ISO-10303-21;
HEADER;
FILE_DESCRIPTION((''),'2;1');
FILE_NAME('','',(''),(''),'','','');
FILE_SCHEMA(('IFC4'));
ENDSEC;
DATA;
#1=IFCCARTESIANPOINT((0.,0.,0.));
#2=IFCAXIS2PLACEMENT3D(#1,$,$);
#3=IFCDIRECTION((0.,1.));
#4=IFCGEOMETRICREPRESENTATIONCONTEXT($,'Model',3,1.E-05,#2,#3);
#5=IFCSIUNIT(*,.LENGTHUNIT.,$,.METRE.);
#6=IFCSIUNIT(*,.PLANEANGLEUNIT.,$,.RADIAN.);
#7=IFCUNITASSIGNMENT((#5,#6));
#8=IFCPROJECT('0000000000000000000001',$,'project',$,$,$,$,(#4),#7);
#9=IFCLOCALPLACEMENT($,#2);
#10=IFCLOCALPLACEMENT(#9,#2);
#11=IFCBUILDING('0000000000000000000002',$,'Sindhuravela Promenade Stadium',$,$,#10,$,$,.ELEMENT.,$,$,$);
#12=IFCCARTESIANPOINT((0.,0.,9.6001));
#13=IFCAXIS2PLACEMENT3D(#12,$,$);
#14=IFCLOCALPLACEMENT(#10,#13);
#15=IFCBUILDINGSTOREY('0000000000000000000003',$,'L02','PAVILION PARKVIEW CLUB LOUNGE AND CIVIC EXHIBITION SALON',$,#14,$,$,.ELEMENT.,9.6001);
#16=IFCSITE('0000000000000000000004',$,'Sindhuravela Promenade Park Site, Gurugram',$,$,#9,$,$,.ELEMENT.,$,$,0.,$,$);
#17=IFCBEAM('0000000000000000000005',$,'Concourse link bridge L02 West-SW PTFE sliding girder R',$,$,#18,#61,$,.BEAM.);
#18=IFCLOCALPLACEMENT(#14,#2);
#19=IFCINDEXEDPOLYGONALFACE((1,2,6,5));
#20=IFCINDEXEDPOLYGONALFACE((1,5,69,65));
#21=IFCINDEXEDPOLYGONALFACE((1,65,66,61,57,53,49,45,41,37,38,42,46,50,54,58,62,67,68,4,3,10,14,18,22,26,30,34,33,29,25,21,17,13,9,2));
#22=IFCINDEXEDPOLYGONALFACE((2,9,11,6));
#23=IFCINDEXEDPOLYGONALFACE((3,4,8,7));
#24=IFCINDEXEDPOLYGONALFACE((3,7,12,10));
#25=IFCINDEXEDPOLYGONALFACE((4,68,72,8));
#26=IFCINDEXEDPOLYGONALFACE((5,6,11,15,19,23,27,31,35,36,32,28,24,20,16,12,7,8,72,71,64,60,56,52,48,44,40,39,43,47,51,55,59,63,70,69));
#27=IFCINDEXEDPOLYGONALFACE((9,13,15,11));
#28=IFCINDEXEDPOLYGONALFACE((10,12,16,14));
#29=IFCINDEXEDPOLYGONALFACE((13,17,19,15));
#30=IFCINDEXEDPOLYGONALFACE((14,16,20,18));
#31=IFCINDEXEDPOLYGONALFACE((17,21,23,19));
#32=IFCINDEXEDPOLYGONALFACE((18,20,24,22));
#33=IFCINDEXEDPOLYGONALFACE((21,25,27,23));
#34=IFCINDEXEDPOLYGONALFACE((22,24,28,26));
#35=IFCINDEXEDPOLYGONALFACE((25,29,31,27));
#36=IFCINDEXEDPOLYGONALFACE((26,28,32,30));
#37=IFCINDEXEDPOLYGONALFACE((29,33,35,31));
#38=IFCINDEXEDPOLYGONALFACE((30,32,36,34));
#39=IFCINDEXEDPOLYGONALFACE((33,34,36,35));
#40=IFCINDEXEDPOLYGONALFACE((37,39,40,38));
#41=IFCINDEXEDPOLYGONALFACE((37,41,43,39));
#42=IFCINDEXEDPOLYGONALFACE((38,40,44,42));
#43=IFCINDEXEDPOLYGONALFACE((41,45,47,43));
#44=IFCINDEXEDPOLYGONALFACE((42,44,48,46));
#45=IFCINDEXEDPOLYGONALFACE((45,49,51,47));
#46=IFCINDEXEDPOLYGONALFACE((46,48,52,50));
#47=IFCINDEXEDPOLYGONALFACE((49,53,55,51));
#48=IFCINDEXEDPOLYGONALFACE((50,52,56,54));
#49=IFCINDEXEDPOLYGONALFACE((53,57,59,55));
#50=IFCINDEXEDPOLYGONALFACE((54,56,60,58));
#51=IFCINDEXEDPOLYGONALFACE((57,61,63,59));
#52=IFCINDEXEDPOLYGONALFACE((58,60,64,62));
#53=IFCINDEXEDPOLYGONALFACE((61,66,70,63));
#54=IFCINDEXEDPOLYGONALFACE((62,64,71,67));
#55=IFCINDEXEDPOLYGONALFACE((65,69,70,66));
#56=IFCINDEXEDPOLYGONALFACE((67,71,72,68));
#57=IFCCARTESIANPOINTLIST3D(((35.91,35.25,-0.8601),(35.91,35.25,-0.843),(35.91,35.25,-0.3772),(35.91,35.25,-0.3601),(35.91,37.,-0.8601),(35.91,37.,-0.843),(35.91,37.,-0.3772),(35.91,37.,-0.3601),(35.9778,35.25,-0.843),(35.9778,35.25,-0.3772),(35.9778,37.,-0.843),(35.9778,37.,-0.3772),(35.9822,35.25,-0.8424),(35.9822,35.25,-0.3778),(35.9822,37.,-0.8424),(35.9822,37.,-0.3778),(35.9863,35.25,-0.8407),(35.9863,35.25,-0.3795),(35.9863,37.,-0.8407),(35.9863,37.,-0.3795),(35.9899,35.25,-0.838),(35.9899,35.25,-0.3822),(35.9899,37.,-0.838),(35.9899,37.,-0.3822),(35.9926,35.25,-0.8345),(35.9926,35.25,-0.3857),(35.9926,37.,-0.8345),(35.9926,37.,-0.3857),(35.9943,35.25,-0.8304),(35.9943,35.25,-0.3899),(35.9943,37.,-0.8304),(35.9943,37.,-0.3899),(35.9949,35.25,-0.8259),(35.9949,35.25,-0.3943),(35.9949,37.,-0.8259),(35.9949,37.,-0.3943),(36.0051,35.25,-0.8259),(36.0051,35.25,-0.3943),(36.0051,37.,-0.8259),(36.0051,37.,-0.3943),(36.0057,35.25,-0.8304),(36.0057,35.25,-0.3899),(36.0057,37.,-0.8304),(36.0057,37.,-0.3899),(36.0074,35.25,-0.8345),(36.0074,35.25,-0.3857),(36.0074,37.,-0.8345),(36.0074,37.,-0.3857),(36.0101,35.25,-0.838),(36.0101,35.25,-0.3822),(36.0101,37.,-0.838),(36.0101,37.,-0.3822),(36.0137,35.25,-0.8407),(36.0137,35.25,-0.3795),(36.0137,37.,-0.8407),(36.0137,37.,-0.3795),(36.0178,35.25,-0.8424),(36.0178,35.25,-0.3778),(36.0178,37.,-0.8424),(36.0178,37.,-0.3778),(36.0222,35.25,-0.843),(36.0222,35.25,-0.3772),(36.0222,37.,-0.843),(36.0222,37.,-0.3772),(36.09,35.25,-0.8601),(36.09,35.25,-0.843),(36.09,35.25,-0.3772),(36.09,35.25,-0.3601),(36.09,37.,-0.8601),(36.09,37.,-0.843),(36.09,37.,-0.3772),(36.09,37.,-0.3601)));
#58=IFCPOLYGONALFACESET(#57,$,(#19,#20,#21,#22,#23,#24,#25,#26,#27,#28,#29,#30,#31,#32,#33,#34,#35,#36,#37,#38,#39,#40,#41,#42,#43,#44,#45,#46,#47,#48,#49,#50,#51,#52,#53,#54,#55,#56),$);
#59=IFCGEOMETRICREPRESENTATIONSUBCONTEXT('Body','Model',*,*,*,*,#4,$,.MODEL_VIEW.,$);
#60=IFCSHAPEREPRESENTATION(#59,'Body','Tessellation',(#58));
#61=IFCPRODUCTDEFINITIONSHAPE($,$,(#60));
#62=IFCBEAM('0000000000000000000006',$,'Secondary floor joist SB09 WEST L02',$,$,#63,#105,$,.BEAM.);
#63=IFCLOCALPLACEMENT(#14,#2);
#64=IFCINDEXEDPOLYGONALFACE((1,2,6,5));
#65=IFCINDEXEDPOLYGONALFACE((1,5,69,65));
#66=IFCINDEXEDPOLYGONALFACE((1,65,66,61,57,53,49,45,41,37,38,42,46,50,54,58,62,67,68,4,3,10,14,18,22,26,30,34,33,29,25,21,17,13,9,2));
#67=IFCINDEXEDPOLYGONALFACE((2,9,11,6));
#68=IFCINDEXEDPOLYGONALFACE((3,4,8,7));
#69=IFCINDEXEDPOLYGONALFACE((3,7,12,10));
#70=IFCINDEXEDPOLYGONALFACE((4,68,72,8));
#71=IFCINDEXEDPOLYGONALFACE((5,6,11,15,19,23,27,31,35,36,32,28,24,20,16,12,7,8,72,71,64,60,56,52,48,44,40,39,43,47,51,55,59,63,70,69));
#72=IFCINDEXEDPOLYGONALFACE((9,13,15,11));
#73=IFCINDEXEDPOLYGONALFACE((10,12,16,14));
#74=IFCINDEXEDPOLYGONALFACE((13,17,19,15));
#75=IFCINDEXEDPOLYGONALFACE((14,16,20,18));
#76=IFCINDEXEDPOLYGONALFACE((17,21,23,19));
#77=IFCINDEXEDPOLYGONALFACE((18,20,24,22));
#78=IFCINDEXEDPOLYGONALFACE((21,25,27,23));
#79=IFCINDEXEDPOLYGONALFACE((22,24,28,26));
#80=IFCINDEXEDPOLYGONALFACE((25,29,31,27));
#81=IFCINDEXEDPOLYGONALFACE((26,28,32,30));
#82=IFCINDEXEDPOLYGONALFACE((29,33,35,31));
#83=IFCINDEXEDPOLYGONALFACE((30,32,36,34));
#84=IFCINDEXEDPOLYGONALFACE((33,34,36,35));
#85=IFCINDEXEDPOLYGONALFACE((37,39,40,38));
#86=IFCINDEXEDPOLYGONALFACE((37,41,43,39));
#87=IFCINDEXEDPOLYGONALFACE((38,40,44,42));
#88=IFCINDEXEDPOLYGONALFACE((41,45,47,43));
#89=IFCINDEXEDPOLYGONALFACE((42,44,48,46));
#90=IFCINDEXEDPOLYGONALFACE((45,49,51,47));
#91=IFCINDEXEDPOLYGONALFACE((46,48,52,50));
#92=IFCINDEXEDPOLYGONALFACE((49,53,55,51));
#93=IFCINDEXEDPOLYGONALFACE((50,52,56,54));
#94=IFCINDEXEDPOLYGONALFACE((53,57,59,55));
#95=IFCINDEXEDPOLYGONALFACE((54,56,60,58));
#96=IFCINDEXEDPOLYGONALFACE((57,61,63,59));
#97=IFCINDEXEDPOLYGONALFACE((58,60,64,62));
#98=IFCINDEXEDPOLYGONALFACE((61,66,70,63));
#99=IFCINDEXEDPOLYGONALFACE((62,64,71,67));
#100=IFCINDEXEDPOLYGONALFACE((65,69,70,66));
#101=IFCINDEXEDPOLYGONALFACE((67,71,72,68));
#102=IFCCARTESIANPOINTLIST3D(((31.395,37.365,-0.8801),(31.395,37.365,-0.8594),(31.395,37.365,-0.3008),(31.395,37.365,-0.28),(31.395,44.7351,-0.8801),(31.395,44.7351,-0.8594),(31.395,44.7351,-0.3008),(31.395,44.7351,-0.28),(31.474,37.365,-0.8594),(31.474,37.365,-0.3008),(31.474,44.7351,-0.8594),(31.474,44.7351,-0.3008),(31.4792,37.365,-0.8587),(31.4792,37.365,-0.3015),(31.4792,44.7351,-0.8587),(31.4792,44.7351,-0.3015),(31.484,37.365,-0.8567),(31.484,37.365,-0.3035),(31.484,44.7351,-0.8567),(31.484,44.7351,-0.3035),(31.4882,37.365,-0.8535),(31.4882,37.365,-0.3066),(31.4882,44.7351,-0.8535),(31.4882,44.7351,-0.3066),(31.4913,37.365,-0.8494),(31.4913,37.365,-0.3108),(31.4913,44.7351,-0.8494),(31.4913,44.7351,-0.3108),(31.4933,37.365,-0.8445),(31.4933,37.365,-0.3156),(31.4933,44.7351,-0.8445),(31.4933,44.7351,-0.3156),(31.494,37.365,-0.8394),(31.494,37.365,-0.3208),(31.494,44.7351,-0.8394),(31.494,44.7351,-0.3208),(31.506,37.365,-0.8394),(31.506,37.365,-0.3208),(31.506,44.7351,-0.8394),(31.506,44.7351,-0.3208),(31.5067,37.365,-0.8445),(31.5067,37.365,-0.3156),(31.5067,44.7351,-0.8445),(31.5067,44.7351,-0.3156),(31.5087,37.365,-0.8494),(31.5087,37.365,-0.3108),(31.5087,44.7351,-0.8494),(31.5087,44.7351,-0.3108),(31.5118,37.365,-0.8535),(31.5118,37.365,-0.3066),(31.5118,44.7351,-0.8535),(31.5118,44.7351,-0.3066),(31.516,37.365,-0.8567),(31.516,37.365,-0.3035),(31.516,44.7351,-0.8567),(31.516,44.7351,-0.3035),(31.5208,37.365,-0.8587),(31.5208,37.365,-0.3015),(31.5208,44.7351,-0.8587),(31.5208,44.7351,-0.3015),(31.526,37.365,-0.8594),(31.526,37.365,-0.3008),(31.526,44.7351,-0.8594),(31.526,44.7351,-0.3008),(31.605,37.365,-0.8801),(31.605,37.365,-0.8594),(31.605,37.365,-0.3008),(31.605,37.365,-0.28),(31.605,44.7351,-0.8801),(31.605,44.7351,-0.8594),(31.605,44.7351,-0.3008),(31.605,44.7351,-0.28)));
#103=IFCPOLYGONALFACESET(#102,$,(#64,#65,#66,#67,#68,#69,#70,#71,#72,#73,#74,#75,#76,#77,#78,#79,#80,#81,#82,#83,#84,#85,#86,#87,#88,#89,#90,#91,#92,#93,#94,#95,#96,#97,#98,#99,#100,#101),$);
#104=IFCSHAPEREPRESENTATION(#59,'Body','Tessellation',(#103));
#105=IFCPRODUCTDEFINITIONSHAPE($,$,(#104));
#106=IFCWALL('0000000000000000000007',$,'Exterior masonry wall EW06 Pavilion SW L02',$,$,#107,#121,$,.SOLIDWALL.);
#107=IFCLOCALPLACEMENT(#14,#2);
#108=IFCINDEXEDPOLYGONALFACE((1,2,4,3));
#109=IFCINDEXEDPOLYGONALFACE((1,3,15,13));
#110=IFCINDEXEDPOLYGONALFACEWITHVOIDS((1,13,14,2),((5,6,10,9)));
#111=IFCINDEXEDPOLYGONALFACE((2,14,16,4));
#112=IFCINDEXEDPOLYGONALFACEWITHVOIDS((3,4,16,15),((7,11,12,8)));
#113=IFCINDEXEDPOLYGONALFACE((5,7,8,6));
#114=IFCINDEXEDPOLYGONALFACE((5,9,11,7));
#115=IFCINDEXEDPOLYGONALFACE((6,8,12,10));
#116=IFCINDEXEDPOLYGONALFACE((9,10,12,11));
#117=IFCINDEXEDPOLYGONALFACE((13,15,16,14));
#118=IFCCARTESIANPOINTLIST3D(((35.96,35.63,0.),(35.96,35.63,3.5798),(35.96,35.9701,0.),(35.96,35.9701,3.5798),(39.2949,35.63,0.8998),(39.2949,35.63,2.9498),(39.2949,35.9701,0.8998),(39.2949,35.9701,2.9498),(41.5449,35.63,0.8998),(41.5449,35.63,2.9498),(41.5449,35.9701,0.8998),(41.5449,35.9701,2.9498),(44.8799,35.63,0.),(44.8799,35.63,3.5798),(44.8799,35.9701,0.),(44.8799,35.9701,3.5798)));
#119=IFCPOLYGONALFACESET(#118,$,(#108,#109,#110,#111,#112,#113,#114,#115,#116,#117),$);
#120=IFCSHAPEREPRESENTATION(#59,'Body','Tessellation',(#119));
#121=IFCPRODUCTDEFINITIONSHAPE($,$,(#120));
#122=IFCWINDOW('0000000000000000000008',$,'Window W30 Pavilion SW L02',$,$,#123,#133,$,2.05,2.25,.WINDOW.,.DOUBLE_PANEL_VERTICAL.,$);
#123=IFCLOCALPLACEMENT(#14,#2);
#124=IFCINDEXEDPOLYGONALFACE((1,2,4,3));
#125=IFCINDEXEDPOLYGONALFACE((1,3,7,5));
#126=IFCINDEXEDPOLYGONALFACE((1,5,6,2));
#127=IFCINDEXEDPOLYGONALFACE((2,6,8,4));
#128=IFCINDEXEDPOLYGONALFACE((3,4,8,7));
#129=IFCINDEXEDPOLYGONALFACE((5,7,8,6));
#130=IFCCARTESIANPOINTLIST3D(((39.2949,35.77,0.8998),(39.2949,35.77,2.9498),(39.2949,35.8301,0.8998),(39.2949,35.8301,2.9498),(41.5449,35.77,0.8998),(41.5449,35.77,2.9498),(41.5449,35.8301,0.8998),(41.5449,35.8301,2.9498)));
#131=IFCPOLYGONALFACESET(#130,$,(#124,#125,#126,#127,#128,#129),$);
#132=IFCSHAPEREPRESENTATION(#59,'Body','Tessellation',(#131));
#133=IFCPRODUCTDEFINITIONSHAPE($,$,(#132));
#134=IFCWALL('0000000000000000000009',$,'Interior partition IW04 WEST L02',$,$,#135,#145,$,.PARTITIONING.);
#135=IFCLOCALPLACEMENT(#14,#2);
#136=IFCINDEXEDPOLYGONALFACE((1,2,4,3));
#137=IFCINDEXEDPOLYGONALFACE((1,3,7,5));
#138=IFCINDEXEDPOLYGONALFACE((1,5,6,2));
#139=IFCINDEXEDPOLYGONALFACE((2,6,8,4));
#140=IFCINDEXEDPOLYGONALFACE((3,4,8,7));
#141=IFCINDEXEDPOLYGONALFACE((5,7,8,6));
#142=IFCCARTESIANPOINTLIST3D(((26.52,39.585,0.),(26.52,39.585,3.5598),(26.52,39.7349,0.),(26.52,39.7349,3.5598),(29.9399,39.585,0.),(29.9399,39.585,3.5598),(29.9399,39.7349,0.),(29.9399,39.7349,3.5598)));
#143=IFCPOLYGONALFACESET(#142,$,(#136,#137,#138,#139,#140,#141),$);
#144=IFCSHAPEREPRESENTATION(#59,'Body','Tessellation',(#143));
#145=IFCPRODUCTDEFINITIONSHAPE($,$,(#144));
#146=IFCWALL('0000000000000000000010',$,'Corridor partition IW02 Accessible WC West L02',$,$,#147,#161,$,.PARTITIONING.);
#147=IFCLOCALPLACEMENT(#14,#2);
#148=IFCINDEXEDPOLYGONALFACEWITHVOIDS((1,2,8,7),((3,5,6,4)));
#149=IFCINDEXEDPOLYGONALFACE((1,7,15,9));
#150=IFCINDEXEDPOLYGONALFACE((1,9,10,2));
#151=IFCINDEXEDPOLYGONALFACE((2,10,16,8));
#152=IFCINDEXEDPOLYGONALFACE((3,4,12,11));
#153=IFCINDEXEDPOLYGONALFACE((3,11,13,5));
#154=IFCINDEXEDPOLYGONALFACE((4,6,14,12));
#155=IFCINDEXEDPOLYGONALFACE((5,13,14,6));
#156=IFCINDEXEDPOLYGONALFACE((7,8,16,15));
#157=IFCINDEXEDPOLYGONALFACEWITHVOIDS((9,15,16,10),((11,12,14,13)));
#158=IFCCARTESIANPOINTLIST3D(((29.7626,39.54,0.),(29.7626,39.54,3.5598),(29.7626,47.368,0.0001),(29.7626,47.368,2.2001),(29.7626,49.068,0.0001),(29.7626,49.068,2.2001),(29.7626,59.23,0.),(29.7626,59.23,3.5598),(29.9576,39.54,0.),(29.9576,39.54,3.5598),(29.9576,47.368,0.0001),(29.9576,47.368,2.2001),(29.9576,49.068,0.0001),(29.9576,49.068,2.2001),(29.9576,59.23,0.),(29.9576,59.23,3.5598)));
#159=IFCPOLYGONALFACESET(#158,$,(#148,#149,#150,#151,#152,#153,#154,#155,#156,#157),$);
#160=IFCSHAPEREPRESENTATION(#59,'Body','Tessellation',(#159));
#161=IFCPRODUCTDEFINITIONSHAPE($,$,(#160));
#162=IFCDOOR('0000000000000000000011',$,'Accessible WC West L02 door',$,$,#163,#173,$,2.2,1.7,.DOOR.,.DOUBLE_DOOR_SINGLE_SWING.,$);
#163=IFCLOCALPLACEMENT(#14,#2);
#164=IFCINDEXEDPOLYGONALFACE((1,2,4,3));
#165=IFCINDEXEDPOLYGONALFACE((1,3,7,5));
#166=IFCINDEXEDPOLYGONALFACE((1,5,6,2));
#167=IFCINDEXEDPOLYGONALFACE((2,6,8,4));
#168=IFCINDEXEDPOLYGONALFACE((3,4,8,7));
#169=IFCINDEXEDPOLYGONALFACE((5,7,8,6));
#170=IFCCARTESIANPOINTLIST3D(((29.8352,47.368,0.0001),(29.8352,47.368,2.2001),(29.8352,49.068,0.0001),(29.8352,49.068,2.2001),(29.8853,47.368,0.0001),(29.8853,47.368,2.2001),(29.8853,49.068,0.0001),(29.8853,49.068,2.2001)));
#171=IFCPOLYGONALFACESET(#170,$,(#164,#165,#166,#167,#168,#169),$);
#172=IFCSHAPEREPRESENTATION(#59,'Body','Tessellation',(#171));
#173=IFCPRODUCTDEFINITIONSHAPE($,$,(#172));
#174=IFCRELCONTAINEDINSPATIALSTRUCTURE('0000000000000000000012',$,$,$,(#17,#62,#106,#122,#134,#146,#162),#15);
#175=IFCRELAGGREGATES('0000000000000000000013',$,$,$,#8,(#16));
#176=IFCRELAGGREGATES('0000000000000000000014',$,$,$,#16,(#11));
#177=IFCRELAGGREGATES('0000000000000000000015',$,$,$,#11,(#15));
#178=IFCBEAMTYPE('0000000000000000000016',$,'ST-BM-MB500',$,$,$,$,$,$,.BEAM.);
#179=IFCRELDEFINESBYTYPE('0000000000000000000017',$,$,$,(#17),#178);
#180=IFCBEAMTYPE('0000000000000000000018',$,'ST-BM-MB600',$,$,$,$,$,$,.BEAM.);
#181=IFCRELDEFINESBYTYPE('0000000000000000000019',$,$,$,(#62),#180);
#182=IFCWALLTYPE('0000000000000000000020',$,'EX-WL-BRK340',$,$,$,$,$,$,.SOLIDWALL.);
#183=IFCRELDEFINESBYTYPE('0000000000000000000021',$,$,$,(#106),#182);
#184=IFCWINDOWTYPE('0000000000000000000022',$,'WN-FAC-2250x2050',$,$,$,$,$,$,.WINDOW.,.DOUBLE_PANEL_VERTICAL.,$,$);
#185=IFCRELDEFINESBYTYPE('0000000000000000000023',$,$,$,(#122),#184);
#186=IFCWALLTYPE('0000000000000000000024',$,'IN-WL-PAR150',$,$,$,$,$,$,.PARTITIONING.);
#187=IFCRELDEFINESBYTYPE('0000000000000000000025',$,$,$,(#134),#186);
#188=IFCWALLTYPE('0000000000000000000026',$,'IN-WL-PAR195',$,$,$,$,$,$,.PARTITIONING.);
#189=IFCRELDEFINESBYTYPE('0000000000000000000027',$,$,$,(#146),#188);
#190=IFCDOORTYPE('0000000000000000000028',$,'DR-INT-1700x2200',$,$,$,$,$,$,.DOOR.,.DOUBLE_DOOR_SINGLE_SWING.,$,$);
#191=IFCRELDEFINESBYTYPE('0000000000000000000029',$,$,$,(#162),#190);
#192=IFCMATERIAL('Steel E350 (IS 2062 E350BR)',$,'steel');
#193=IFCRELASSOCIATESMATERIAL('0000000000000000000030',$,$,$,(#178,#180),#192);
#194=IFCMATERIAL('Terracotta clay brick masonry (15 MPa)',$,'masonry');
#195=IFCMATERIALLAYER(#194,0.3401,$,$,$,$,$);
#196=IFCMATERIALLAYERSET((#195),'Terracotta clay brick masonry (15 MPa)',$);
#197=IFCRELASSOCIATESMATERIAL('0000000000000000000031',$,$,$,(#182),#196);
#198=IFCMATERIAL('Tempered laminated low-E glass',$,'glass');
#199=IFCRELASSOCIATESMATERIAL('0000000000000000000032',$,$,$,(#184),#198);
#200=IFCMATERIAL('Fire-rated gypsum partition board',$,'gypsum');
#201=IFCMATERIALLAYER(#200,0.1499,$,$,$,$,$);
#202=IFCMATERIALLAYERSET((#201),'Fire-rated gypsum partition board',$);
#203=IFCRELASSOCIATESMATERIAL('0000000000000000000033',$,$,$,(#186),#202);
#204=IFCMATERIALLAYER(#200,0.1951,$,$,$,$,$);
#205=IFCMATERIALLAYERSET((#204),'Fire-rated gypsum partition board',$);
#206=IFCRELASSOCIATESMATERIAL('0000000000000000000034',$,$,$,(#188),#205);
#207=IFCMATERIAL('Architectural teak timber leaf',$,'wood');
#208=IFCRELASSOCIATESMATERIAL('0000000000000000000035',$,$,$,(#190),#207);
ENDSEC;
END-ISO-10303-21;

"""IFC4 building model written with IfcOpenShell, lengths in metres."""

from ifc_helpers import new_model, si_unit, direction, frame, frame_2d, origin, origin_2d, place, context, subcontext, project, spatial, rectangle, i_section, extrude, material, layer, layer_set, material_profile, profile_set, type_object, element, fill, save


model = new_model("IFC4")

# Units and contexts
model_context = context("Model", 3, precision=1e-05, world=origin(), true_north=direction((0.0, 1.0)))
body_context = subcontext(model_context, "Body", "Model", "MODEL_VIEW")
ifc_project = project(units=[si_unit("LENGTHUNIT", "METRE"), si_unit("PLANEANGLEUNIT", "RADIAN")], contexts=[model_context])

# Site, building, storey
site_placement = place(None, origin())
site = spatial("IfcSite", under=ifc_project, at=site_placement, Name="Sindhuravela Promenade Park Site, Gurugram", CompositionType="ELEMENT", RefElevation=0.0)
building_placement = place(site_placement, origin())
building = spatial("IfcBuilding", under=site, at=building_placement, Name="Sindhuravela Promenade Stadium", CompositionType="ELEMENT")
storey_placement = place(building_placement, frame((0.0, 0.0, 9.6001)))
storey = spatial("IfcBuildingStorey", under=building, at=storey_placement, Name="L02", Description="PAVILION PARKVIEW CLUB LOUNGE AND CIVIC EXHIBITION SALON", CompositionType="ELEMENT", Elevation=9.6001)

# Beams
ifc_material_1 = material(Name="Steel E350 (IS 2062 E350BR)", Category="steel")
ifc_material_profile_1 = material_profile(ifc_material_1, i_section(OverallWidth=0.1799, OverallDepth=0.5, WebThickness=0.0103, FlangeThickness=0.0171, FilletRadius=0.0171, at=origin_2d()), Name="ISMB 500")
ifc_profile_set_1 = profile_set([ifc_material_profile_1], Name="Steel E350 (IS 2062 E350BR)")
beam_type_1 = type_object("IfcBeamType", Name="ST-BM-MB500", PredefinedType="BEAM", material=ifc_profile_set_1)
beam_1_placement = place(storey_placement, frame((36.0, 35.25, -0.6101), z_axis=(0.0, 1.0, 0.0), x_axis=(-1.0, 0.0, 0.0)))
element("IfcBeam", 1, at=beam_1_placement, inside=storey, type_object=beam_type_1, Name="Concourse link bridge L02 West-SW PTFE sliding girder R", PredefinedType="BEAM", context=body_context, shape_type="SweptSolid", body=[
    extrude(i_section(OverallWidth=0.1799, OverallDepth=0.5, WebThickness=0.0103, FlangeThickness=0.0171, FilletRadius=0.0171, at=origin_2d()), origin(), (0.0, 0.0, 1.0), 1.75),
])
ifc_material_profile_2 = material_profile(ifc_material_1, i_section(OverallWidth=0.21, OverallDepth=0.6001, WebThickness=0.012, FlangeThickness=0.0208, FilletRadius=0.02, at=origin_2d()), Name="ISMB 600")
ifc_profile_set_2 = profile_set([ifc_material_profile_2], Name="Steel E350 (IS 2062 E350BR)")
beam_type_2 = type_object("IfcBeamType", Name="ST-BM-MB600", PredefinedType="BEAM", material=ifc_profile_set_2)
beam_2_placement = place(storey_placement, frame((31.5, 37.365, -0.5801), z_axis=(0.0, 1.0, 0.0), x_axis=(-1.0, 0.0, 0.0)))
element("IfcBeam", 2, at=beam_2_placement, inside=storey, type_object=beam_type_2, Name="Secondary floor joist SB09 WEST L02", PredefinedType="BEAM", context=body_context, shape_type="SweptSolid", body=[
    extrude(i_section(OverallWidth=0.21, OverallDepth=0.6001, WebThickness=0.012, FlangeThickness=0.0208, FilletRadius=0.02, at=origin_2d()), origin(), (0.0, 0.0, 1.0), 7.3701),
])

# Wall, opening, window
ifc_material_2 = material(Name="Terracotta clay brick masonry (15 MPa)", Category="masonry")
ifc_layer_1 = layer(ifc_material_2, 0.3401)
ifc_layer_set_1 = layer_set([ifc_layer_1], Name="Terracotta clay brick masonry (15 MPa)")
wall_type_1 = type_object("IfcWallType", Name="EX-WL-BRK340", PredefinedType="SOLIDWALL", material=ifc_layer_set_1)
wall_1_placement = place(storey_placement, frame((35.96, 35.8, 0.0), z_axis=(0.0, 0.0, 1.0), x_axis=(1.0, 0.0, 0.0)))
wall_1 = element("IfcWall", 3, at=wall_1_placement, inside=storey, type_object=wall_type_1, Name="Exterior masonry wall EW06 Pavilion SW L02", PredefinedType="SOLIDWALL", context=body_context, shape_type="SweptSolid", body=[
    extrude(rectangle(XDim=8.9199, YDim=0.3401, at=frame_2d((4.46, 0.0))), origin(), (0.0, 0.0, 1.0), 3.5798),
])
opening_1_placement = place(wall_1_placement, frame((3.335, 0.0, 0.8999)))
opening_1 = element("IfcOpeningElement", 4, at=opening_1_placement, cuts=wall_1, PredefinedType="OPENING", context=body_context, shape_type="SweptSolid", body=[
    extrude(rectangle(XDim=2.25, YDim=2.05, at=frame_2d((1.125, 1.0249))), frame((0.0, 0.1799, 0.0), z_axis=(0.0, -1.0, 0.0), x_axis=(1.0, 0.0, 0.0)), (0.0, 0.0, 1.0), 0.3601),
])
ifc_material_3 = material(Name="Tempered laminated low-E glass", Category="glass")
window_type = type_object("IfcWindowType", Name="WN-FAC-2250x2050", PartitioningType="DOUBLE_PANEL_VERTICAL", PredefinedType="WINDOW", material=ifc_material_3)
window_placement = place(opening_1_placement, origin())
window = element("IfcWindow", 5, at=window_placement, inside=storey, type_object=window_type, Name="Window W30 Pavilion SW L02", OverallHeight=2.05, OverallWidth=2.25, PartitioningType="DOUBLE_PANEL_VERTICAL", PredefinedType="WINDOW", context=body_context, shape_type="SweptSolid", body=[
    extrude(rectangle(XDim=2.25, YDim=2.05, at=frame_2d((1.125, 1.0249))), frame((0.0, 0.03, 0.0), z_axis=(0.0, -1.0, 0.0), x_axis=(1.0, 0.0, 0.0)), (0.0, 0.0, 1.0), 0.0601),
])
fill(opening_1, window)

# Wall
ifc_material_4 = material(Name="Fire-rated gypsum partition board", Category="gypsum")
ifc_layer_2 = layer(ifc_material_4, 0.1499)
ifc_layer_set_2 = layer_set([ifc_layer_2], Name="Fire-rated gypsum partition board")
wall_type_2 = type_object("IfcWallType", Name="IN-WL-PAR150", PredefinedType="PARTITIONING", material=ifc_layer_set_2)
wall_2_placement = place(storey_placement, frame((29.9399, 39.6599, 0.0), z_axis=(0.0, 0.0, 1.0), x_axis=(-1.0, 0.0, 0.0)))
element("IfcWall", 6, at=wall_2_placement, inside=storey, type_object=wall_type_2, Name="Interior partition IW04 WEST L02", PredefinedType="PARTITIONING", context=body_context, shape_type="SweptSolid", body=[
    extrude(rectangle(XDim=3.4199, YDim=0.1499, at=frame_2d((1.71, 0.0))), origin(), (0.0, 0.0, 1.0), 3.5598),
])

# Wall, opening, door
ifc_layer_3 = layer(ifc_material_4, 0.1951)
ifc_layer_set_3 = layer_set([ifc_layer_3], Name="Fire-rated gypsum partition board")
wall_type_3 = type_object("IfcWallType", Name="IN-WL-PAR195", PredefinedType="PARTITIONING", material=ifc_layer_set_3)
wall_3_placement = place(storey_placement, frame((29.8601, 39.54, 0.0), z_axis=(0.0, 0.0, 1.0), x_axis=(0.0, 1.0, 0.0)))
wall_3 = element("IfcWall", 7, at=wall_3_placement, inside=storey, type_object=wall_type_3, Name="Corridor partition IW02 Accessible WC West L02", PredefinedType="PARTITIONING", context=body_context, shape_type="SweptSolid", body=[
    extrude(rectangle(XDim=19.6899, YDim=0.1951, at=frame_2d((9.845, 0.0))), origin(), (0.0, 0.0, 1.0), 3.5598),
])
opening_2_placement = place(wall_3_placement, frame((7.8279, 0.0, 0.0)))
opening_2 = element("IfcOpeningElement", 8, at=opening_2_placement, cuts=wall_3, PredefinedType="OPENING", context=body_context, shape_type="SweptSolid", body=[
    extrude(rectangle(XDim=1.7, YDim=2.2, at=frame_2d((0.8501, 1.1001))), frame((0.0, 0.1074, 0.0), z_axis=(0.0, -1.0, 0.0), x_axis=(1.0, 0.0, 0.0)), (0.0, 0.0, 1.0), 0.2151),
])
ifc_material_5 = material(Name="Architectural teak timber leaf", Category="wood")
door_type = type_object("IfcDoorType", Name="DR-INT-1700x2200", OperationType="DOUBLE_DOOR_SINGLE_SWING", PredefinedType="DOOR", material=ifc_material_5)
door_placement = place(opening_2_placement, origin())
door = element("IfcDoor", 9, at=door_placement, inside=storey, type_object=door_type, Name="Accessible WC West L02 door", OperationType="DOUBLE_DOOR_SINGLE_SWING", OverallHeight=2.2, OverallWidth=1.7, PredefinedType="DOOR", context=body_context, shape_type="SweptSolid", body=[
    extrude(rectangle(XDim=1.7, YDim=2.2, at=frame_2d((0.8501, 1.1001))), frame((0.0, 0.0249, 0.0), z_axis=(0.0, -1.0, 0.0), x_axis=(1.0, 0.0, 0.0)), (0.0, 0.0, 1.0), 0.05),
])
fill(opening_2, door)

save(model, "model.ifc")
